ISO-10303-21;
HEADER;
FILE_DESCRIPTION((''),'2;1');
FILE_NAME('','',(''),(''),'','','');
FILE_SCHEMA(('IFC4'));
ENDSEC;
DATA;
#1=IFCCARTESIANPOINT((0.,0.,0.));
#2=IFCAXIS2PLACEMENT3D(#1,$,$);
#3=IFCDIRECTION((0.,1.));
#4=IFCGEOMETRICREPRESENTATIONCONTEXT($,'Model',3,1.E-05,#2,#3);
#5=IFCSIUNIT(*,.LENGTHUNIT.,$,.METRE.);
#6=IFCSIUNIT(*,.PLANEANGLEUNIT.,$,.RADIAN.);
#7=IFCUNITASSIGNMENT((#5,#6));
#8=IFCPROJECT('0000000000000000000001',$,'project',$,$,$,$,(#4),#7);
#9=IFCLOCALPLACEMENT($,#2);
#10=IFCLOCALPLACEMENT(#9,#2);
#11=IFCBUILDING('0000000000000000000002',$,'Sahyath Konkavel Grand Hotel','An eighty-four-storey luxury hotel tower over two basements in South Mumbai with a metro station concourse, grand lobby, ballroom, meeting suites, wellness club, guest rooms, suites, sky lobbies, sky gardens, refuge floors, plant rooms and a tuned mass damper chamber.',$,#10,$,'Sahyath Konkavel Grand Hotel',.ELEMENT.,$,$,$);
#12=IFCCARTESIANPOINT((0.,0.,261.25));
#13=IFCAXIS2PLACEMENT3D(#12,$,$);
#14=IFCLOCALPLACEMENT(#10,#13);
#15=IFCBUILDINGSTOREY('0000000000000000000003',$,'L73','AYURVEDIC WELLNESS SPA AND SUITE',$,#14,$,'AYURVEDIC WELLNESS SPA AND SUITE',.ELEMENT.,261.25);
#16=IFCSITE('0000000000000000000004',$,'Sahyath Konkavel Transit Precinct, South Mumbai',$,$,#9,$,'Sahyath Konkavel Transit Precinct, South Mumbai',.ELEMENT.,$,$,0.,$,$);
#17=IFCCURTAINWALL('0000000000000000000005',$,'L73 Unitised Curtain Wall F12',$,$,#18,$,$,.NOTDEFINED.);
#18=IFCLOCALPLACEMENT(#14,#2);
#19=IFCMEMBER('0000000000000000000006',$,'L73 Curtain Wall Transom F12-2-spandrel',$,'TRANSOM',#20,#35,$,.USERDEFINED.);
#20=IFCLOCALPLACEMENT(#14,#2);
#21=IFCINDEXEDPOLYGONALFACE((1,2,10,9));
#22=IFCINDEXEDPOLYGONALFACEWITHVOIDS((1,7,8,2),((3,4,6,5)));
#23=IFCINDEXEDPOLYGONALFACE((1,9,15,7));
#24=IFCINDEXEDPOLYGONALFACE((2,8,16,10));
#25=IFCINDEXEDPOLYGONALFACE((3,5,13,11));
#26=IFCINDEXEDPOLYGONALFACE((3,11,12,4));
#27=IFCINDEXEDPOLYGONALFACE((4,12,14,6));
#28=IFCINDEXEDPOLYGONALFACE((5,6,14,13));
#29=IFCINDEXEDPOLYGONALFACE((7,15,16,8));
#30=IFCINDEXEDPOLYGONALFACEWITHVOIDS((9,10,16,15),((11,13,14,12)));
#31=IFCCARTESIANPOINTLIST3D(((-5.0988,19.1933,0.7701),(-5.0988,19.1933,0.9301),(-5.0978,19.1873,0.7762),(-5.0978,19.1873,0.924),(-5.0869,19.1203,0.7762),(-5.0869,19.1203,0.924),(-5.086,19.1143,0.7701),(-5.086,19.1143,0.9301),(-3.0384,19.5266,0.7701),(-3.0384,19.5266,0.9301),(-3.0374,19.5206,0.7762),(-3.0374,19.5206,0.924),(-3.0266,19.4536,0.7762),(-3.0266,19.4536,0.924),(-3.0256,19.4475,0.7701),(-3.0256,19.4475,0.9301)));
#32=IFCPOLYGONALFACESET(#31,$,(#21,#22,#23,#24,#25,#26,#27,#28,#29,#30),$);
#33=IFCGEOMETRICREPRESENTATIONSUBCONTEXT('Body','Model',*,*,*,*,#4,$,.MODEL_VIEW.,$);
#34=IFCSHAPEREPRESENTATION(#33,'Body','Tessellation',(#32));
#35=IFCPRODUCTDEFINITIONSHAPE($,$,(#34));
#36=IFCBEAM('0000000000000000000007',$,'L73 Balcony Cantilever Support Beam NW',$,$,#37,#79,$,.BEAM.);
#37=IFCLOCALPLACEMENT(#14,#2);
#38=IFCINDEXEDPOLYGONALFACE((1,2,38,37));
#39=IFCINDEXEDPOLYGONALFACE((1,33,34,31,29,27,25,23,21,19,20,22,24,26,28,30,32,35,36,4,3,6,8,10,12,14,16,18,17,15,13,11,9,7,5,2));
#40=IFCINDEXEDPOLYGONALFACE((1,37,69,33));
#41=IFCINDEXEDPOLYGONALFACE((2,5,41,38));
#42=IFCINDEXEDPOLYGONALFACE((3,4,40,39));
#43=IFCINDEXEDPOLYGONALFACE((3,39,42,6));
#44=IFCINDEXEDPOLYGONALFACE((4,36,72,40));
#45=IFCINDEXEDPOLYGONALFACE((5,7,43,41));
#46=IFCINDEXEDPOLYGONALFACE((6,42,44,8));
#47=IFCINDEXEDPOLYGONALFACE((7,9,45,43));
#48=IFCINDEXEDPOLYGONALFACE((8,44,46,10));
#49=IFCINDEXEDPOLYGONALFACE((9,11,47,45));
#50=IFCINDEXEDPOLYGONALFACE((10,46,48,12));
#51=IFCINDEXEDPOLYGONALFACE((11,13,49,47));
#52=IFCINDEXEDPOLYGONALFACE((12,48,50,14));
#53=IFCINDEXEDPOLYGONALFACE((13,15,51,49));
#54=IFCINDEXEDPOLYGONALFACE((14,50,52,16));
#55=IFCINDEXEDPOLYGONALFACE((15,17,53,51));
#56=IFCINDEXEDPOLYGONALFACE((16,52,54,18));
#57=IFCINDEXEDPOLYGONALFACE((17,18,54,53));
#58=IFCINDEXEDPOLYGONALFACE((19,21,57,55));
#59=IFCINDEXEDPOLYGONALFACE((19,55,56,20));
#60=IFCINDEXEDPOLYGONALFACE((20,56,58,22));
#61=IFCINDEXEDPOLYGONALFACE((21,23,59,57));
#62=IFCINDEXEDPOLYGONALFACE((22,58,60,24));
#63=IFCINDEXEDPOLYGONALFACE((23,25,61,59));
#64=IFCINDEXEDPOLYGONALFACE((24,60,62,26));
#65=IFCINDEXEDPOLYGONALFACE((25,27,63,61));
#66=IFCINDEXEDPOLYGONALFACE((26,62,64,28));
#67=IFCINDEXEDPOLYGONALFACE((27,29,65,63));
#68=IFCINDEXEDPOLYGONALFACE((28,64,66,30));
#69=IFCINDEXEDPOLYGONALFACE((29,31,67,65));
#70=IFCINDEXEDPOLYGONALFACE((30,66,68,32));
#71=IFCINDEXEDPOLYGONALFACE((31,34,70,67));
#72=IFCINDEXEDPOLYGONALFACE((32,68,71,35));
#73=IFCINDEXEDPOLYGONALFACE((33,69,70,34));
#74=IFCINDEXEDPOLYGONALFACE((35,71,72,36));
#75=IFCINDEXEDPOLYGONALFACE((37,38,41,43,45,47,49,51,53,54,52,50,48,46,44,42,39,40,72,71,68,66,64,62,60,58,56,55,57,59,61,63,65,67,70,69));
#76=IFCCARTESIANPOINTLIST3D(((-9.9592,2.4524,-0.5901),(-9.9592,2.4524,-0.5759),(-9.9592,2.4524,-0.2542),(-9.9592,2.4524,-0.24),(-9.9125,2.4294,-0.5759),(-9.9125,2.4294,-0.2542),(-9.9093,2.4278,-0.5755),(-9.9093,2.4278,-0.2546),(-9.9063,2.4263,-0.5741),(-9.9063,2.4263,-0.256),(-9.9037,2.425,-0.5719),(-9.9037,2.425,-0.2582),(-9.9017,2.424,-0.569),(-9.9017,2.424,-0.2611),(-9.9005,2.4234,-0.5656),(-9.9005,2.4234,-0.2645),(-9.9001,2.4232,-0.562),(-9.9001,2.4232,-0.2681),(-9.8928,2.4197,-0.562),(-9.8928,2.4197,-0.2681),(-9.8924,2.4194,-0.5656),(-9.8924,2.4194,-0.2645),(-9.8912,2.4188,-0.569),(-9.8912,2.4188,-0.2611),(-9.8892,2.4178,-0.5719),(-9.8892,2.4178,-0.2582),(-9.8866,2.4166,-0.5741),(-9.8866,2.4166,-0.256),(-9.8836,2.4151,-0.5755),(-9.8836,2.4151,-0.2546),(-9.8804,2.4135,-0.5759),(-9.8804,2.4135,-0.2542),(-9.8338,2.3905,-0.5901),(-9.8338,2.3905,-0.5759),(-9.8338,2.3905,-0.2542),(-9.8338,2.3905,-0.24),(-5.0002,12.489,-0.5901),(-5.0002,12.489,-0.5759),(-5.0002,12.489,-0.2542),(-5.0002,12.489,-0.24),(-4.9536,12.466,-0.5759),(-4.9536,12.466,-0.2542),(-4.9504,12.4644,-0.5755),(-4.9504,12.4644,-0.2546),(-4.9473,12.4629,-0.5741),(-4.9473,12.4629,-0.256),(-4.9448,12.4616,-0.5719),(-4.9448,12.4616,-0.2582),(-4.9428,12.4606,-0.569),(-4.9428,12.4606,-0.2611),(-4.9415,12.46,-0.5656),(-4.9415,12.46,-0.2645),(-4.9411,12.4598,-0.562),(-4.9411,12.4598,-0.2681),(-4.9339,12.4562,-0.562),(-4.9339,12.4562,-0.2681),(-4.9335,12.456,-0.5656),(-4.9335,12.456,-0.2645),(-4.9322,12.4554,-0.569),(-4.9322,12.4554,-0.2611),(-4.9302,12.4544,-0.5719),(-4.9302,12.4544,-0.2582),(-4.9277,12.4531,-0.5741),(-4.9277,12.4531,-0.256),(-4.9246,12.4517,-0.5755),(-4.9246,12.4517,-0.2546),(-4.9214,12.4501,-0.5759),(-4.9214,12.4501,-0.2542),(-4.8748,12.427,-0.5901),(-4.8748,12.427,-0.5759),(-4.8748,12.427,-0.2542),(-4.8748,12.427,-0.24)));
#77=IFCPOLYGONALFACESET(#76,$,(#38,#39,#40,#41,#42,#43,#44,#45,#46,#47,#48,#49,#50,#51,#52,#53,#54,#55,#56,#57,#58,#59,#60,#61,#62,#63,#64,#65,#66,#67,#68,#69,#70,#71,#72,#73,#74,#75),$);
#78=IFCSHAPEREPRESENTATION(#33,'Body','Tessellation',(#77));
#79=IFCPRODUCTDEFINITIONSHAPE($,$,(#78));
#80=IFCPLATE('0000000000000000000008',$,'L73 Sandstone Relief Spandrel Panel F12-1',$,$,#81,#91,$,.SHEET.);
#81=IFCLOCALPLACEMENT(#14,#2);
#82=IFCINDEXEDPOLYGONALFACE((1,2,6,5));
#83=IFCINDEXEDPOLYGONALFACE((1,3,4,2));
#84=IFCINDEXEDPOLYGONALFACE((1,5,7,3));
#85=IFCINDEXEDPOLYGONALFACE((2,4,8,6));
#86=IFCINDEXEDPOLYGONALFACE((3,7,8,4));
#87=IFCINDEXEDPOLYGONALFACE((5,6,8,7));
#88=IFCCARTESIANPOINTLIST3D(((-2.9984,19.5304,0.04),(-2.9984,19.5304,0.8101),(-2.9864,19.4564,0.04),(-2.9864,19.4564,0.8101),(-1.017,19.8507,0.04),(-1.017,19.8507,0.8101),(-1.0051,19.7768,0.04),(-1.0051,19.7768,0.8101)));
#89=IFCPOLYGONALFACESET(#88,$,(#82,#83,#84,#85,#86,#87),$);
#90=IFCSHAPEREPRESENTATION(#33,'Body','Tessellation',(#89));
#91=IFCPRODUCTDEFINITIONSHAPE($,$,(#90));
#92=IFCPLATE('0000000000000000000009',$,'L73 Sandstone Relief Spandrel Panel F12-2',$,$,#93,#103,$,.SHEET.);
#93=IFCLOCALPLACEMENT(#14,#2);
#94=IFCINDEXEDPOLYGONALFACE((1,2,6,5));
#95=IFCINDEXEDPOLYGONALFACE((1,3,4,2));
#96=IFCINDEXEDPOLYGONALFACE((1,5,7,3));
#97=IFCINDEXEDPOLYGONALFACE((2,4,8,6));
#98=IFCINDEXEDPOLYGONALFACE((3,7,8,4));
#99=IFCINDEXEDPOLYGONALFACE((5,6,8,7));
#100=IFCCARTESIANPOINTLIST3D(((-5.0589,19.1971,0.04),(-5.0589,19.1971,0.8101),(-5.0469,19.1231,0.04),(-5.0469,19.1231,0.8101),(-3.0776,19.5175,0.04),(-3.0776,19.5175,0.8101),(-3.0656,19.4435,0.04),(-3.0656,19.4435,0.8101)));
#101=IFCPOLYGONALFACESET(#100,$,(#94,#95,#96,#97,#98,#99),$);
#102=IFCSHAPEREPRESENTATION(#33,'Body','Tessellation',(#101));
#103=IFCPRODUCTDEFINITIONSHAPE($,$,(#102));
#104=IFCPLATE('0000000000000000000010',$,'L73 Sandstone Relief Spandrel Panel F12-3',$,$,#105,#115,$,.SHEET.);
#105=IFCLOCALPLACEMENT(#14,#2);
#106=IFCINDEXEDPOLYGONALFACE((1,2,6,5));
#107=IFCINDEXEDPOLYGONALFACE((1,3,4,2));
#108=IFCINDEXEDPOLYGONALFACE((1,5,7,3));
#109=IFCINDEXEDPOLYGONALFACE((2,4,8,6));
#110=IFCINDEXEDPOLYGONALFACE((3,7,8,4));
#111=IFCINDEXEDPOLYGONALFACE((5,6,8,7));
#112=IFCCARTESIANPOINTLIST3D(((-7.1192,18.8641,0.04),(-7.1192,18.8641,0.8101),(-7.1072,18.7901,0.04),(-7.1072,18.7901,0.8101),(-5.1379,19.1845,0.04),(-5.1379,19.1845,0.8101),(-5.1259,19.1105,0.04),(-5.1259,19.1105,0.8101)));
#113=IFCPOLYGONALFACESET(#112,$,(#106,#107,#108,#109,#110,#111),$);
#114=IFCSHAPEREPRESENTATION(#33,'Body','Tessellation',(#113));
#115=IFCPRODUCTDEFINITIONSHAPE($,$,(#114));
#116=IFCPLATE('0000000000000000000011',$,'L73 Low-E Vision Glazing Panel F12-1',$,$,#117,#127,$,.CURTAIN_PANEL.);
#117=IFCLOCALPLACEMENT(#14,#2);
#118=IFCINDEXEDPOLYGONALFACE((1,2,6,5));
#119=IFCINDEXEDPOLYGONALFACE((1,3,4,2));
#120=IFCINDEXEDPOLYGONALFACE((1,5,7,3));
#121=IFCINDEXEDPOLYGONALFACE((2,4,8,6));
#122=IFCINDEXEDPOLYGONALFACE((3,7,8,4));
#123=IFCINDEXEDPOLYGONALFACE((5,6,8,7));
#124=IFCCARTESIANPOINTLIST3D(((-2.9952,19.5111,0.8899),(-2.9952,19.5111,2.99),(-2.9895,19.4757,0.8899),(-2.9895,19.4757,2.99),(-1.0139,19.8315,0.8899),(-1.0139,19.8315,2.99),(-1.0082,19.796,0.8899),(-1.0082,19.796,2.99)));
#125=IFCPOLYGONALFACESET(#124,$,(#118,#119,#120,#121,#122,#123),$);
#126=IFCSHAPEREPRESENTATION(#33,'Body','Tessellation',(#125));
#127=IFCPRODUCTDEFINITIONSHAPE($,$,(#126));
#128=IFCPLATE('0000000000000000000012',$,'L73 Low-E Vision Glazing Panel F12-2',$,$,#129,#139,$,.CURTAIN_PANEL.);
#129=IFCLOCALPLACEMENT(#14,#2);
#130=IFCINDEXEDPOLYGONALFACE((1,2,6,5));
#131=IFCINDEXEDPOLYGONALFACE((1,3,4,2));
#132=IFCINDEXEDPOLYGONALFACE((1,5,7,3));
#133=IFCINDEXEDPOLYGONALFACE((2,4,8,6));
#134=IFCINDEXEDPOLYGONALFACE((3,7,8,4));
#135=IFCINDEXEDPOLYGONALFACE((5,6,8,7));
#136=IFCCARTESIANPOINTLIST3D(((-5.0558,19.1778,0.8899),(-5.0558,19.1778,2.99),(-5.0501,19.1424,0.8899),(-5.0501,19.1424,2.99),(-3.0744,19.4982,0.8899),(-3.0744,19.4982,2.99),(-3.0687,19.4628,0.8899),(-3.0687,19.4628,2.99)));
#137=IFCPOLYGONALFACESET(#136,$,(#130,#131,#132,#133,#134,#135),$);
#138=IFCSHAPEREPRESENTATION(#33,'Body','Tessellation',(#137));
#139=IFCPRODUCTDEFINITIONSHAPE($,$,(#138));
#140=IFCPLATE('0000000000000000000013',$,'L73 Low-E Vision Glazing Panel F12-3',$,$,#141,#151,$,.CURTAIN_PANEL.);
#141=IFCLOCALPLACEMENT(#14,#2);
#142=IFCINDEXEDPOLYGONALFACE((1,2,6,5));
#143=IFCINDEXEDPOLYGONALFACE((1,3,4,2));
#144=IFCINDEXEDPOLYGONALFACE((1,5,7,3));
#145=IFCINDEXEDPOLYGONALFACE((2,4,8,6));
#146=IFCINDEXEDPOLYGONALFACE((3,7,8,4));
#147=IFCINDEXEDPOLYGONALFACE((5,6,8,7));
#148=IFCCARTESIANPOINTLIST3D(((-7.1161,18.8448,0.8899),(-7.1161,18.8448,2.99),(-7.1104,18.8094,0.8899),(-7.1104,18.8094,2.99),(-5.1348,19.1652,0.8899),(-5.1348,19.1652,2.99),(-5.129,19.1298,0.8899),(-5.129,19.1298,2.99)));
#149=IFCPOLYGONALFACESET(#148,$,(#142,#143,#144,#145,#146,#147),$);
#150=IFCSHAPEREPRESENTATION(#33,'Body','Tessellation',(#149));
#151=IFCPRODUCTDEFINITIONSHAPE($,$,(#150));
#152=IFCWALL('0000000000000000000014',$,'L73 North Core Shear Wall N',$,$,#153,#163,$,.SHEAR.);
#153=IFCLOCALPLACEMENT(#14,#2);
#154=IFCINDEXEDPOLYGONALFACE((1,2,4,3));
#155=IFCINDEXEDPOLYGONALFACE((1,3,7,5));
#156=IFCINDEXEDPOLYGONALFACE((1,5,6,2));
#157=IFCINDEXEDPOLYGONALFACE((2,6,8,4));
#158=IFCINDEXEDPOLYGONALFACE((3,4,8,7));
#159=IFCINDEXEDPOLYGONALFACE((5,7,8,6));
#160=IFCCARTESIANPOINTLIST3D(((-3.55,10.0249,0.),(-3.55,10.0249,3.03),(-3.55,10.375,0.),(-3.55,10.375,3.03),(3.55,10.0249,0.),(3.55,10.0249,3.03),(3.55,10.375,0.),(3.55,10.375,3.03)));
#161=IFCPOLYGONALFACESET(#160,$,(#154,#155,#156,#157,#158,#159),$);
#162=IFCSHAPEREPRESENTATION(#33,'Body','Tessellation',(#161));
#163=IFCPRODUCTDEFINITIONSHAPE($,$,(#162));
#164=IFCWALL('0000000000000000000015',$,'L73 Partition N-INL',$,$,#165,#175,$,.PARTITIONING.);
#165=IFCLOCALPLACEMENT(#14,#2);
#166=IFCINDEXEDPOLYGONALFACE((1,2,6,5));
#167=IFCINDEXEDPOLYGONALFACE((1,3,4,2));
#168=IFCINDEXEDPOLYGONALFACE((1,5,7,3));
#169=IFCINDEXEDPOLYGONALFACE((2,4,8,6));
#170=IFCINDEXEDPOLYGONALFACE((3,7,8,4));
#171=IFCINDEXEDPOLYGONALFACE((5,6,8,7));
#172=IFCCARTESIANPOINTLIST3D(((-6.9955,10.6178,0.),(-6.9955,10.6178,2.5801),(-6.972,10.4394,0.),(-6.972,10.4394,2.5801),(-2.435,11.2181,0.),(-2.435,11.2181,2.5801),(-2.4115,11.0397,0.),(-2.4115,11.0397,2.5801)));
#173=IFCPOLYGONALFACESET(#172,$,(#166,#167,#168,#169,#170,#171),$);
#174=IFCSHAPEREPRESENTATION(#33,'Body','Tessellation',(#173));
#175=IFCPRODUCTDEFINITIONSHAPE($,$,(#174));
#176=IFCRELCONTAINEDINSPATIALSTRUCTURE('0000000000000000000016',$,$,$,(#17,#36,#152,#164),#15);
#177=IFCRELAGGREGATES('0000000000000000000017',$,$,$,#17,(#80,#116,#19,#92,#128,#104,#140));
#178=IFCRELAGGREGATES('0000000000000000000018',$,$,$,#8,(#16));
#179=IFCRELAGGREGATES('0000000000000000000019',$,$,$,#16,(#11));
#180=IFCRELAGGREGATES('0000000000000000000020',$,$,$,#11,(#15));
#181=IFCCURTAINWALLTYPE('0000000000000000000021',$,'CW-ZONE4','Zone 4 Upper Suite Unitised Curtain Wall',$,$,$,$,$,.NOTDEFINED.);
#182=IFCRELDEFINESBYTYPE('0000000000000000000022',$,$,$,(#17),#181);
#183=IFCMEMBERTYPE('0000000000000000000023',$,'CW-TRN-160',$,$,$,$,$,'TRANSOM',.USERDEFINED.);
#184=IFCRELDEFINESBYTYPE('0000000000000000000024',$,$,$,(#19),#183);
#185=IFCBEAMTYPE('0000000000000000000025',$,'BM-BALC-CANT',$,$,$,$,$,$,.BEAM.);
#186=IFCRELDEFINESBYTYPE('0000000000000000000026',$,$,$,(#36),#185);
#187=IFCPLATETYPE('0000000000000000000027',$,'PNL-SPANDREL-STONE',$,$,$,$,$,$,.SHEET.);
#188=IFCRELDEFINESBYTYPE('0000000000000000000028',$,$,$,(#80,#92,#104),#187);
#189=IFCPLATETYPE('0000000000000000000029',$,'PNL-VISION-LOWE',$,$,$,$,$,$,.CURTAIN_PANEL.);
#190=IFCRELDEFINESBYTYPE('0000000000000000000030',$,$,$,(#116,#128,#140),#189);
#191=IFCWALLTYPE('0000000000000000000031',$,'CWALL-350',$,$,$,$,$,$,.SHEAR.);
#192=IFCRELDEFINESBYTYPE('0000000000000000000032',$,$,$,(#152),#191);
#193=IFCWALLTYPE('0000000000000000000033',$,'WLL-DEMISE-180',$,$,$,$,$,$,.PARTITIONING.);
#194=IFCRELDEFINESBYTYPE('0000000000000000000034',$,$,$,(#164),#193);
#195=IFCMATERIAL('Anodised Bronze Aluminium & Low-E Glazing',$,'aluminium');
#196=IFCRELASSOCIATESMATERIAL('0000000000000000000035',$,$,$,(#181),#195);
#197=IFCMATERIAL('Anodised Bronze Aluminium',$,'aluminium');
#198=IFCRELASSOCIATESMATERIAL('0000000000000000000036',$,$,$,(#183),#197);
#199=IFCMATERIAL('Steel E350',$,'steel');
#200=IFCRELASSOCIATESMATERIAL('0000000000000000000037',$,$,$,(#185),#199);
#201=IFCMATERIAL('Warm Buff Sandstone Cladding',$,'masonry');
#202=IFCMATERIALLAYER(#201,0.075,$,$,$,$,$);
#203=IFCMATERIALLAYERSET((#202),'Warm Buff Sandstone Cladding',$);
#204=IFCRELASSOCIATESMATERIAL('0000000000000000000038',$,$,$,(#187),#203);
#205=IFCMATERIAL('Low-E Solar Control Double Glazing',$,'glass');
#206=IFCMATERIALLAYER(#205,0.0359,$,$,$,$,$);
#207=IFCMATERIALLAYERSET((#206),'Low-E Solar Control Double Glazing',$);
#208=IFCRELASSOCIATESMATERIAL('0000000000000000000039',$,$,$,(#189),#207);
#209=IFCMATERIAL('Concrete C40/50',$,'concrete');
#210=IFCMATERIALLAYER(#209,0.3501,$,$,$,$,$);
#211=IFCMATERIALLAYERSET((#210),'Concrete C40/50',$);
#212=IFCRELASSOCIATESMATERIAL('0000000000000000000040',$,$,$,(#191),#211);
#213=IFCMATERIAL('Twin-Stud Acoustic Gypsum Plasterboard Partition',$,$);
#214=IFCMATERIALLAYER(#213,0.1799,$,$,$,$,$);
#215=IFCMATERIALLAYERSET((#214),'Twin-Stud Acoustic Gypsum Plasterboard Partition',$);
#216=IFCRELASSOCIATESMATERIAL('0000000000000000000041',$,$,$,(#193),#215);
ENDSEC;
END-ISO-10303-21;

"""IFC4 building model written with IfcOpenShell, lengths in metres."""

from ifc_helpers import new_model, si_unit, direction, frame, frame_2d, origin, origin_2d, place, context, subcontext, project, spatial, rectangle, hollow_rectangle, i_section, extrude, source, transform, mapped, material, layer, layer_set, material_profile, profile_set, type_object, element, aggregate, save


model = new_model("IFC4")

# Units and contexts
model_context = context("Model", 3, precision=1e-05, world=origin(), true_north=direction((0.0, 1.0)))
body_context = subcontext(model_context, "Body", "Model", "MODEL_VIEW")
ifc_project = project(units=[si_unit("LENGTHUNIT", "METRE"), si_unit("PLANEANGLEUNIT", "RADIAN")], contexts=[model_context])

# Site, building, storey
site_placement = place(None, origin())
site = spatial("IfcSite", under=ifc_project, at=site_placement, Name="Sahyath Konkavel Transit Precinct, South Mumbai", LongName="Sahyath Konkavel Transit Precinct, South Mumbai", CompositionType="ELEMENT", RefElevation=0.0)
building_placement = place(site_placement, origin())
building = spatial("IfcBuilding", under=site, at=building_placement, Name="Sahyath Konkavel Grand Hotel", Description="An eighty-four-storey luxury hotel tower over two basements in South Mumbai with a metro station concourse, grand lobby, ballroom, meeting suites, wellness club, guest rooms, suites, sky lobbies, sky gardens, refuge floors, plant rooms and a tuned mass damper chamber.", LongName="Sahyath Konkavel Grand Hotel", CompositionType="ELEMENT")
storey_placement = place(building_placement, frame((0.0, 0.0, 261.25)))
storey = spatial("IfcBuildingStorey", under=building, at=storey_placement, Name="L73", Description="AYURVEDIC WELLNESS SPA AND SUITE", LongName="AYURVEDIC WELLNESS SPA AND SUITE", CompositionType="ELEMENT", Elevation=261.25)

# Shared definitions
ifc_material_1 = material(Name="Steel E350", Category="steel")

# Curtain wall, member
ifc_material_2 = material(Name="Anodised Bronze Aluminium & Low-E Glazing", Category="aluminium")
curtain_wall_type = type_object("IfcCurtainWallType", Name="CW-ZONE4", Description="Zone 4 Upper Suite Unitised Curtain Wall", PredefinedType="NOTDEFINED", material=ifc_material_2)
curtain_wall_placement = place(storey_placement, origin())
curtain_wall = element("IfcCurtainWall", 1, at=curtain_wall_placement, inside=storey, type_object=curtain_wall_type, Name="L73 Unitised Curtain Wall F12", PredefinedType="NOTDEFINED")
ifc_material_3 = material(Name="Anodised Bronze Aluminium", Category="aluminium")
ifc_material_profile_1 = material_profile(ifc_material_3, hollow_rectangle(XDim=0.0801, YDim=0.1599, WallThickness=0.0061, at=origin_2d()), Name="RHS 160x80x6")
ifc_profile_set_1 = profile_set([ifc_material_profile_1], Name="Anodised Bronze Aluminium")
member_type_1 = type_object("IfcMemberType", Name="CW-TRN-160", ElementType="TRANSOM", PredefinedType="USERDEFINED", material=ifc_profile_set_1)
shared_shape_1 = source(origin(), body_context, "Body", "SweptSolid", [
    extrude(hollow_rectangle(XDim=0.0801, YDim=0.1599, WallThickness=0.0061, at=origin_2d()), origin(), (0.0, 0.0, 1.0), 2.0872),
])
member_1_placement = place(storey_placement, frame((-3.032, 19.4871, 0.8501), z_axis=(-0.98717, -0.159674, 0.0), x_axis=(0.159674, -0.98717, 0.0)))
member_1 = element("IfcMember", 2, at=member_1_placement, type_object=member_type_1, Name="L73 Curtain Wall Transom F12-2-spandrel", ObjectType="TRANSOM", PredefinedType="USERDEFINED", context=body_context, shape_type="MappedRepresentation", body=[
    mapped(shared_shape_1, transform((0.0, 0.0, 0.0), scale=1.0)),
])

# Beam
ifc_material_profile_2 = material_profile(ifc_material_1, i_section(OverallWidth=0.1399, OverallDepth=0.3501, WebThickness=0.0081, FlangeThickness=0.0142, FilletRadius=0.0139, at=origin_2d()), Name="ISMB 350")
ifc_profile_set_2 = profile_set([ifc_material_profile_2], Name="Steel E350")
beam_type_1 = type_object("IfcBeamType", Name="BM-BALC-CANT", PredefinedType="BEAM", material=ifc_profile_set_2)
shared_shape_2 = source(origin(), body_context, "Body", "SweptSolid", [
    extrude(i_section(OverallWidth=0.1399, OverallDepth=0.3501, WebThickness=0.0081, FlangeThickness=0.0142, FilletRadius=0.0139, at=origin_2d()), origin(), (0.0, 0.0, 1.0), 11.1948),
])
beam_1_placement = place(storey_placement, frame((-4.9375, 12.458, -0.415), z_axis=(-0.442969, -0.896537, 0.0), x_axis=(0.896537, -0.442969, 0.0)))
element("IfcBeam", 3, at=beam_1_placement, inside=storey, type_object=beam_type_1, Name="L73 Balcony Cantilever Support Beam NW", PredefinedType="BEAM", context=body_context, shape_type="MappedRepresentation", body=[
    mapped(shared_shape_2, transform((0.0, 0.0, 0.0), scale=1.0)),
])

# Plates
ifc_material_4 = material(Name="Warm Buff Sandstone Cladding", Category="masonry")
ifc_layer_1 = layer(ifc_material_4, 0.075)
ifc_layer_set_1 = layer_set([ifc_layer_1], Name="Warm Buff Sandstone Cladding")
plate_type_1 = type_object("IfcPlateType", Name="PNL-SPANDREL-STONE", PredefinedType="SHEET", material=ifc_layer_set_1)
shared_shape_3 = source(origin(), body_context, "Body", "SweptSolid", [
    extrude(rectangle(XDim=2.0071, YDim=0.075, at=origin_2d()), origin(), (0.0, 0.0, 1.0), 0.77),
])
plate_1_placement = place(storey_placement, frame((-2.0017, 19.6536, 0.04), z_axis=(0.0, 0.0, 1.0), x_axis=(-0.987178, -0.159623, 0.0)))
plate_1 = element("IfcPlate", 4, at=plate_1_placement, type_object=plate_type_1, Name="L73 Sandstone Relief Spandrel Panel F12-1", PredefinedType="SHEET", context=body_context, shape_type="MappedRepresentation", body=[
    mapped(shared_shape_3, transform((0.0, 0.0, 0.0), scale=1.0)),
])
plate_2_placement = place(storey_placement, frame((-4.0623, 19.3203, 0.04), z_axis=(0.0, 0.0, 1.0), x_axis=(-0.987178, -0.159623, 0.0)))
plate_2 = element("IfcPlate", 5, at=plate_2_placement, type_object=plate_type_1, Name="L73 Sandstone Relief Spandrel Panel F12-2", PredefinedType="SHEET", context=body_context, shape_type="MappedRepresentation", body=[
    mapped(shared_shape_3, transform((0.0, 0.0, 0.0), scale=1.0)),
])
plate_3_placement = place(storey_placement, frame((-6.1226, 18.9873, 0.04), z_axis=(0.0, 0.0, 1.0), x_axis=(-0.987178, -0.159623, 0.0)))
plate_3 = element("IfcPlate", 6, at=plate_3_placement, type_object=plate_type_1, Name="L73 Sandstone Relief Spandrel Panel F12-3", PredefinedType="SHEET", context=body_context, shape_type="MappedRepresentation", body=[
    mapped(shared_shape_3, transform((0.0, 0.0, 0.0), scale=1.0)),
])
ifc_material_5 = material(Name="Low-E Solar Control Double Glazing", Category="glass")
ifc_layer_2 = layer(ifc_material_5, 0.0359)
ifc_layer_set_2 = layer_set([ifc_layer_2], Name="Low-E Solar Control Double Glazing")
plate_type_2 = type_object("IfcPlateType", Name="PNL-VISION-LOWE", PredefinedType="CURTAIN_PANEL", material=ifc_layer_set_2)
shared_shape_4 = source(origin(), body_context, "Body", "SweptSolid", [
    extrude(rectangle(XDim=2.0071, YDim=0.0359, at=origin_2d()), origin(), (0.0, 0.0, 1.0), 2.1001),
])
plate_4_placement = place(storey_placement, frame((-2.0017, 19.6536, 0.8899), z_axis=(0.0, 0.0, 1.0), x_axis=(-0.987178, -0.159623, 0.0)))
plate_4 = element("IfcPlate", 7, at=plate_4_placement, type_object=plate_type_2, Name="L73 Low-E Vision Glazing Panel F12-1", PredefinedType="CURTAIN_PANEL", context=body_context, shape_type="MappedRepresentation", body=[
    mapped(shared_shape_4, transform((0.0, 0.0, 0.0), scale=1.0)),
])
plate_5_placement = place(storey_placement, frame((-4.0623, 19.3203, 0.8899), z_axis=(0.0, 0.0, 1.0), x_axis=(-0.987178, -0.159623, 0.0)))
plate_5 = element("IfcPlate", 8, at=plate_5_placement, type_object=plate_type_2, Name="L73 Low-E Vision Glazing Panel F12-2", PredefinedType="CURTAIN_PANEL", context=body_context, shape_type="MappedRepresentation", body=[
    mapped(shared_shape_4, transform((0.0, 0.0, 0.0), scale=1.0)),
])
plate_6_placement = place(storey_placement, frame((-6.1226, 18.9873, 0.8899), z_axis=(0.0, 0.0, 1.0), x_axis=(-0.987178, -0.159623, 0.0)))
plate_6 = element("IfcPlate", 9, at=plate_6_placement, type_object=plate_type_2, Name="L73 Low-E Vision Glazing Panel F12-3", PredefinedType="CURTAIN_PANEL", context=body_context, shape_type="MappedRepresentation", body=[
    mapped(shared_shape_4, transform((0.0, 0.0, 0.0), scale=1.0)),
])
aggregate(curtain_wall, [plate_1, plate_4, member_1, plate_2, plate_5, plate_3, plate_6])

# Walls
ifc_material_6 = material(Name="Concrete C40/50", Category="concrete")
ifc_layer_3 = layer(ifc_material_6, 0.3501)
ifc_layer_set_3 = layer_set([ifc_layer_3], Name="Concrete C40/50")
wall_type_1 = type_object("IfcWallType", Name="CWALL-350", PredefinedType="SHEAR", material=ifc_layer_set_3)
wall_1_placement = place(storey_placement, frame((-3.55, 10.2, 0.0), z_axis=(0.0, 0.0, 1.0), x_axis=(1.0, 0.0, 0.0)))
element("IfcWall", 10, at=wall_1_placement, inside=storey, type_object=wall_type_1, Name="L73 North Core Shear Wall N", PredefinedType="SHEAR", context=body_context, shape_type="SweptSolid", body=[
    extrude(rectangle(XDim=7.1001, YDim=0.3501, at=frame_2d((3.55, 0.0))), origin(), (0.0, 0.0, 1.0), 3.03),
])
ifc_material_7 = material(Name="Twin-Stud Acoustic Gypsum Plasterboard Partition")
ifc_layer_4 = layer(ifc_material_7, 0.1799)
ifc_layer_set_4 = layer_set([ifc_layer_4], Name="Twin-Stud Acoustic Gypsum Plasterboard Partition")
wall_type_2 = type_object("IfcWallType", Name="WLL-DEMISE-180", PredefinedType="PARTITIONING", material=ifc_layer_set_4)
wall_2_placement = place(storey_placement, frame((-2.4233, 11.1289, 0.0), z_axis=(0.0, 0.0, 1.0), x_axis=(-0.991447, -0.130512, 0.0)))
element("IfcWall", 11, at=wall_2_placement, inside=storey, type_object=wall_type_2, Name="L73 Partition N-INL", PredefinedType="PARTITIONING", context=body_context, shape_type="SweptSolid", body=[
    extrude(rectangle(XDim=4.5999, YDim=0.1799, at=frame_2d((2.2998, 0.0))), origin(), (0.0, 0.0, 1.0), 2.5801),
])

save(model, "model.ifc")
